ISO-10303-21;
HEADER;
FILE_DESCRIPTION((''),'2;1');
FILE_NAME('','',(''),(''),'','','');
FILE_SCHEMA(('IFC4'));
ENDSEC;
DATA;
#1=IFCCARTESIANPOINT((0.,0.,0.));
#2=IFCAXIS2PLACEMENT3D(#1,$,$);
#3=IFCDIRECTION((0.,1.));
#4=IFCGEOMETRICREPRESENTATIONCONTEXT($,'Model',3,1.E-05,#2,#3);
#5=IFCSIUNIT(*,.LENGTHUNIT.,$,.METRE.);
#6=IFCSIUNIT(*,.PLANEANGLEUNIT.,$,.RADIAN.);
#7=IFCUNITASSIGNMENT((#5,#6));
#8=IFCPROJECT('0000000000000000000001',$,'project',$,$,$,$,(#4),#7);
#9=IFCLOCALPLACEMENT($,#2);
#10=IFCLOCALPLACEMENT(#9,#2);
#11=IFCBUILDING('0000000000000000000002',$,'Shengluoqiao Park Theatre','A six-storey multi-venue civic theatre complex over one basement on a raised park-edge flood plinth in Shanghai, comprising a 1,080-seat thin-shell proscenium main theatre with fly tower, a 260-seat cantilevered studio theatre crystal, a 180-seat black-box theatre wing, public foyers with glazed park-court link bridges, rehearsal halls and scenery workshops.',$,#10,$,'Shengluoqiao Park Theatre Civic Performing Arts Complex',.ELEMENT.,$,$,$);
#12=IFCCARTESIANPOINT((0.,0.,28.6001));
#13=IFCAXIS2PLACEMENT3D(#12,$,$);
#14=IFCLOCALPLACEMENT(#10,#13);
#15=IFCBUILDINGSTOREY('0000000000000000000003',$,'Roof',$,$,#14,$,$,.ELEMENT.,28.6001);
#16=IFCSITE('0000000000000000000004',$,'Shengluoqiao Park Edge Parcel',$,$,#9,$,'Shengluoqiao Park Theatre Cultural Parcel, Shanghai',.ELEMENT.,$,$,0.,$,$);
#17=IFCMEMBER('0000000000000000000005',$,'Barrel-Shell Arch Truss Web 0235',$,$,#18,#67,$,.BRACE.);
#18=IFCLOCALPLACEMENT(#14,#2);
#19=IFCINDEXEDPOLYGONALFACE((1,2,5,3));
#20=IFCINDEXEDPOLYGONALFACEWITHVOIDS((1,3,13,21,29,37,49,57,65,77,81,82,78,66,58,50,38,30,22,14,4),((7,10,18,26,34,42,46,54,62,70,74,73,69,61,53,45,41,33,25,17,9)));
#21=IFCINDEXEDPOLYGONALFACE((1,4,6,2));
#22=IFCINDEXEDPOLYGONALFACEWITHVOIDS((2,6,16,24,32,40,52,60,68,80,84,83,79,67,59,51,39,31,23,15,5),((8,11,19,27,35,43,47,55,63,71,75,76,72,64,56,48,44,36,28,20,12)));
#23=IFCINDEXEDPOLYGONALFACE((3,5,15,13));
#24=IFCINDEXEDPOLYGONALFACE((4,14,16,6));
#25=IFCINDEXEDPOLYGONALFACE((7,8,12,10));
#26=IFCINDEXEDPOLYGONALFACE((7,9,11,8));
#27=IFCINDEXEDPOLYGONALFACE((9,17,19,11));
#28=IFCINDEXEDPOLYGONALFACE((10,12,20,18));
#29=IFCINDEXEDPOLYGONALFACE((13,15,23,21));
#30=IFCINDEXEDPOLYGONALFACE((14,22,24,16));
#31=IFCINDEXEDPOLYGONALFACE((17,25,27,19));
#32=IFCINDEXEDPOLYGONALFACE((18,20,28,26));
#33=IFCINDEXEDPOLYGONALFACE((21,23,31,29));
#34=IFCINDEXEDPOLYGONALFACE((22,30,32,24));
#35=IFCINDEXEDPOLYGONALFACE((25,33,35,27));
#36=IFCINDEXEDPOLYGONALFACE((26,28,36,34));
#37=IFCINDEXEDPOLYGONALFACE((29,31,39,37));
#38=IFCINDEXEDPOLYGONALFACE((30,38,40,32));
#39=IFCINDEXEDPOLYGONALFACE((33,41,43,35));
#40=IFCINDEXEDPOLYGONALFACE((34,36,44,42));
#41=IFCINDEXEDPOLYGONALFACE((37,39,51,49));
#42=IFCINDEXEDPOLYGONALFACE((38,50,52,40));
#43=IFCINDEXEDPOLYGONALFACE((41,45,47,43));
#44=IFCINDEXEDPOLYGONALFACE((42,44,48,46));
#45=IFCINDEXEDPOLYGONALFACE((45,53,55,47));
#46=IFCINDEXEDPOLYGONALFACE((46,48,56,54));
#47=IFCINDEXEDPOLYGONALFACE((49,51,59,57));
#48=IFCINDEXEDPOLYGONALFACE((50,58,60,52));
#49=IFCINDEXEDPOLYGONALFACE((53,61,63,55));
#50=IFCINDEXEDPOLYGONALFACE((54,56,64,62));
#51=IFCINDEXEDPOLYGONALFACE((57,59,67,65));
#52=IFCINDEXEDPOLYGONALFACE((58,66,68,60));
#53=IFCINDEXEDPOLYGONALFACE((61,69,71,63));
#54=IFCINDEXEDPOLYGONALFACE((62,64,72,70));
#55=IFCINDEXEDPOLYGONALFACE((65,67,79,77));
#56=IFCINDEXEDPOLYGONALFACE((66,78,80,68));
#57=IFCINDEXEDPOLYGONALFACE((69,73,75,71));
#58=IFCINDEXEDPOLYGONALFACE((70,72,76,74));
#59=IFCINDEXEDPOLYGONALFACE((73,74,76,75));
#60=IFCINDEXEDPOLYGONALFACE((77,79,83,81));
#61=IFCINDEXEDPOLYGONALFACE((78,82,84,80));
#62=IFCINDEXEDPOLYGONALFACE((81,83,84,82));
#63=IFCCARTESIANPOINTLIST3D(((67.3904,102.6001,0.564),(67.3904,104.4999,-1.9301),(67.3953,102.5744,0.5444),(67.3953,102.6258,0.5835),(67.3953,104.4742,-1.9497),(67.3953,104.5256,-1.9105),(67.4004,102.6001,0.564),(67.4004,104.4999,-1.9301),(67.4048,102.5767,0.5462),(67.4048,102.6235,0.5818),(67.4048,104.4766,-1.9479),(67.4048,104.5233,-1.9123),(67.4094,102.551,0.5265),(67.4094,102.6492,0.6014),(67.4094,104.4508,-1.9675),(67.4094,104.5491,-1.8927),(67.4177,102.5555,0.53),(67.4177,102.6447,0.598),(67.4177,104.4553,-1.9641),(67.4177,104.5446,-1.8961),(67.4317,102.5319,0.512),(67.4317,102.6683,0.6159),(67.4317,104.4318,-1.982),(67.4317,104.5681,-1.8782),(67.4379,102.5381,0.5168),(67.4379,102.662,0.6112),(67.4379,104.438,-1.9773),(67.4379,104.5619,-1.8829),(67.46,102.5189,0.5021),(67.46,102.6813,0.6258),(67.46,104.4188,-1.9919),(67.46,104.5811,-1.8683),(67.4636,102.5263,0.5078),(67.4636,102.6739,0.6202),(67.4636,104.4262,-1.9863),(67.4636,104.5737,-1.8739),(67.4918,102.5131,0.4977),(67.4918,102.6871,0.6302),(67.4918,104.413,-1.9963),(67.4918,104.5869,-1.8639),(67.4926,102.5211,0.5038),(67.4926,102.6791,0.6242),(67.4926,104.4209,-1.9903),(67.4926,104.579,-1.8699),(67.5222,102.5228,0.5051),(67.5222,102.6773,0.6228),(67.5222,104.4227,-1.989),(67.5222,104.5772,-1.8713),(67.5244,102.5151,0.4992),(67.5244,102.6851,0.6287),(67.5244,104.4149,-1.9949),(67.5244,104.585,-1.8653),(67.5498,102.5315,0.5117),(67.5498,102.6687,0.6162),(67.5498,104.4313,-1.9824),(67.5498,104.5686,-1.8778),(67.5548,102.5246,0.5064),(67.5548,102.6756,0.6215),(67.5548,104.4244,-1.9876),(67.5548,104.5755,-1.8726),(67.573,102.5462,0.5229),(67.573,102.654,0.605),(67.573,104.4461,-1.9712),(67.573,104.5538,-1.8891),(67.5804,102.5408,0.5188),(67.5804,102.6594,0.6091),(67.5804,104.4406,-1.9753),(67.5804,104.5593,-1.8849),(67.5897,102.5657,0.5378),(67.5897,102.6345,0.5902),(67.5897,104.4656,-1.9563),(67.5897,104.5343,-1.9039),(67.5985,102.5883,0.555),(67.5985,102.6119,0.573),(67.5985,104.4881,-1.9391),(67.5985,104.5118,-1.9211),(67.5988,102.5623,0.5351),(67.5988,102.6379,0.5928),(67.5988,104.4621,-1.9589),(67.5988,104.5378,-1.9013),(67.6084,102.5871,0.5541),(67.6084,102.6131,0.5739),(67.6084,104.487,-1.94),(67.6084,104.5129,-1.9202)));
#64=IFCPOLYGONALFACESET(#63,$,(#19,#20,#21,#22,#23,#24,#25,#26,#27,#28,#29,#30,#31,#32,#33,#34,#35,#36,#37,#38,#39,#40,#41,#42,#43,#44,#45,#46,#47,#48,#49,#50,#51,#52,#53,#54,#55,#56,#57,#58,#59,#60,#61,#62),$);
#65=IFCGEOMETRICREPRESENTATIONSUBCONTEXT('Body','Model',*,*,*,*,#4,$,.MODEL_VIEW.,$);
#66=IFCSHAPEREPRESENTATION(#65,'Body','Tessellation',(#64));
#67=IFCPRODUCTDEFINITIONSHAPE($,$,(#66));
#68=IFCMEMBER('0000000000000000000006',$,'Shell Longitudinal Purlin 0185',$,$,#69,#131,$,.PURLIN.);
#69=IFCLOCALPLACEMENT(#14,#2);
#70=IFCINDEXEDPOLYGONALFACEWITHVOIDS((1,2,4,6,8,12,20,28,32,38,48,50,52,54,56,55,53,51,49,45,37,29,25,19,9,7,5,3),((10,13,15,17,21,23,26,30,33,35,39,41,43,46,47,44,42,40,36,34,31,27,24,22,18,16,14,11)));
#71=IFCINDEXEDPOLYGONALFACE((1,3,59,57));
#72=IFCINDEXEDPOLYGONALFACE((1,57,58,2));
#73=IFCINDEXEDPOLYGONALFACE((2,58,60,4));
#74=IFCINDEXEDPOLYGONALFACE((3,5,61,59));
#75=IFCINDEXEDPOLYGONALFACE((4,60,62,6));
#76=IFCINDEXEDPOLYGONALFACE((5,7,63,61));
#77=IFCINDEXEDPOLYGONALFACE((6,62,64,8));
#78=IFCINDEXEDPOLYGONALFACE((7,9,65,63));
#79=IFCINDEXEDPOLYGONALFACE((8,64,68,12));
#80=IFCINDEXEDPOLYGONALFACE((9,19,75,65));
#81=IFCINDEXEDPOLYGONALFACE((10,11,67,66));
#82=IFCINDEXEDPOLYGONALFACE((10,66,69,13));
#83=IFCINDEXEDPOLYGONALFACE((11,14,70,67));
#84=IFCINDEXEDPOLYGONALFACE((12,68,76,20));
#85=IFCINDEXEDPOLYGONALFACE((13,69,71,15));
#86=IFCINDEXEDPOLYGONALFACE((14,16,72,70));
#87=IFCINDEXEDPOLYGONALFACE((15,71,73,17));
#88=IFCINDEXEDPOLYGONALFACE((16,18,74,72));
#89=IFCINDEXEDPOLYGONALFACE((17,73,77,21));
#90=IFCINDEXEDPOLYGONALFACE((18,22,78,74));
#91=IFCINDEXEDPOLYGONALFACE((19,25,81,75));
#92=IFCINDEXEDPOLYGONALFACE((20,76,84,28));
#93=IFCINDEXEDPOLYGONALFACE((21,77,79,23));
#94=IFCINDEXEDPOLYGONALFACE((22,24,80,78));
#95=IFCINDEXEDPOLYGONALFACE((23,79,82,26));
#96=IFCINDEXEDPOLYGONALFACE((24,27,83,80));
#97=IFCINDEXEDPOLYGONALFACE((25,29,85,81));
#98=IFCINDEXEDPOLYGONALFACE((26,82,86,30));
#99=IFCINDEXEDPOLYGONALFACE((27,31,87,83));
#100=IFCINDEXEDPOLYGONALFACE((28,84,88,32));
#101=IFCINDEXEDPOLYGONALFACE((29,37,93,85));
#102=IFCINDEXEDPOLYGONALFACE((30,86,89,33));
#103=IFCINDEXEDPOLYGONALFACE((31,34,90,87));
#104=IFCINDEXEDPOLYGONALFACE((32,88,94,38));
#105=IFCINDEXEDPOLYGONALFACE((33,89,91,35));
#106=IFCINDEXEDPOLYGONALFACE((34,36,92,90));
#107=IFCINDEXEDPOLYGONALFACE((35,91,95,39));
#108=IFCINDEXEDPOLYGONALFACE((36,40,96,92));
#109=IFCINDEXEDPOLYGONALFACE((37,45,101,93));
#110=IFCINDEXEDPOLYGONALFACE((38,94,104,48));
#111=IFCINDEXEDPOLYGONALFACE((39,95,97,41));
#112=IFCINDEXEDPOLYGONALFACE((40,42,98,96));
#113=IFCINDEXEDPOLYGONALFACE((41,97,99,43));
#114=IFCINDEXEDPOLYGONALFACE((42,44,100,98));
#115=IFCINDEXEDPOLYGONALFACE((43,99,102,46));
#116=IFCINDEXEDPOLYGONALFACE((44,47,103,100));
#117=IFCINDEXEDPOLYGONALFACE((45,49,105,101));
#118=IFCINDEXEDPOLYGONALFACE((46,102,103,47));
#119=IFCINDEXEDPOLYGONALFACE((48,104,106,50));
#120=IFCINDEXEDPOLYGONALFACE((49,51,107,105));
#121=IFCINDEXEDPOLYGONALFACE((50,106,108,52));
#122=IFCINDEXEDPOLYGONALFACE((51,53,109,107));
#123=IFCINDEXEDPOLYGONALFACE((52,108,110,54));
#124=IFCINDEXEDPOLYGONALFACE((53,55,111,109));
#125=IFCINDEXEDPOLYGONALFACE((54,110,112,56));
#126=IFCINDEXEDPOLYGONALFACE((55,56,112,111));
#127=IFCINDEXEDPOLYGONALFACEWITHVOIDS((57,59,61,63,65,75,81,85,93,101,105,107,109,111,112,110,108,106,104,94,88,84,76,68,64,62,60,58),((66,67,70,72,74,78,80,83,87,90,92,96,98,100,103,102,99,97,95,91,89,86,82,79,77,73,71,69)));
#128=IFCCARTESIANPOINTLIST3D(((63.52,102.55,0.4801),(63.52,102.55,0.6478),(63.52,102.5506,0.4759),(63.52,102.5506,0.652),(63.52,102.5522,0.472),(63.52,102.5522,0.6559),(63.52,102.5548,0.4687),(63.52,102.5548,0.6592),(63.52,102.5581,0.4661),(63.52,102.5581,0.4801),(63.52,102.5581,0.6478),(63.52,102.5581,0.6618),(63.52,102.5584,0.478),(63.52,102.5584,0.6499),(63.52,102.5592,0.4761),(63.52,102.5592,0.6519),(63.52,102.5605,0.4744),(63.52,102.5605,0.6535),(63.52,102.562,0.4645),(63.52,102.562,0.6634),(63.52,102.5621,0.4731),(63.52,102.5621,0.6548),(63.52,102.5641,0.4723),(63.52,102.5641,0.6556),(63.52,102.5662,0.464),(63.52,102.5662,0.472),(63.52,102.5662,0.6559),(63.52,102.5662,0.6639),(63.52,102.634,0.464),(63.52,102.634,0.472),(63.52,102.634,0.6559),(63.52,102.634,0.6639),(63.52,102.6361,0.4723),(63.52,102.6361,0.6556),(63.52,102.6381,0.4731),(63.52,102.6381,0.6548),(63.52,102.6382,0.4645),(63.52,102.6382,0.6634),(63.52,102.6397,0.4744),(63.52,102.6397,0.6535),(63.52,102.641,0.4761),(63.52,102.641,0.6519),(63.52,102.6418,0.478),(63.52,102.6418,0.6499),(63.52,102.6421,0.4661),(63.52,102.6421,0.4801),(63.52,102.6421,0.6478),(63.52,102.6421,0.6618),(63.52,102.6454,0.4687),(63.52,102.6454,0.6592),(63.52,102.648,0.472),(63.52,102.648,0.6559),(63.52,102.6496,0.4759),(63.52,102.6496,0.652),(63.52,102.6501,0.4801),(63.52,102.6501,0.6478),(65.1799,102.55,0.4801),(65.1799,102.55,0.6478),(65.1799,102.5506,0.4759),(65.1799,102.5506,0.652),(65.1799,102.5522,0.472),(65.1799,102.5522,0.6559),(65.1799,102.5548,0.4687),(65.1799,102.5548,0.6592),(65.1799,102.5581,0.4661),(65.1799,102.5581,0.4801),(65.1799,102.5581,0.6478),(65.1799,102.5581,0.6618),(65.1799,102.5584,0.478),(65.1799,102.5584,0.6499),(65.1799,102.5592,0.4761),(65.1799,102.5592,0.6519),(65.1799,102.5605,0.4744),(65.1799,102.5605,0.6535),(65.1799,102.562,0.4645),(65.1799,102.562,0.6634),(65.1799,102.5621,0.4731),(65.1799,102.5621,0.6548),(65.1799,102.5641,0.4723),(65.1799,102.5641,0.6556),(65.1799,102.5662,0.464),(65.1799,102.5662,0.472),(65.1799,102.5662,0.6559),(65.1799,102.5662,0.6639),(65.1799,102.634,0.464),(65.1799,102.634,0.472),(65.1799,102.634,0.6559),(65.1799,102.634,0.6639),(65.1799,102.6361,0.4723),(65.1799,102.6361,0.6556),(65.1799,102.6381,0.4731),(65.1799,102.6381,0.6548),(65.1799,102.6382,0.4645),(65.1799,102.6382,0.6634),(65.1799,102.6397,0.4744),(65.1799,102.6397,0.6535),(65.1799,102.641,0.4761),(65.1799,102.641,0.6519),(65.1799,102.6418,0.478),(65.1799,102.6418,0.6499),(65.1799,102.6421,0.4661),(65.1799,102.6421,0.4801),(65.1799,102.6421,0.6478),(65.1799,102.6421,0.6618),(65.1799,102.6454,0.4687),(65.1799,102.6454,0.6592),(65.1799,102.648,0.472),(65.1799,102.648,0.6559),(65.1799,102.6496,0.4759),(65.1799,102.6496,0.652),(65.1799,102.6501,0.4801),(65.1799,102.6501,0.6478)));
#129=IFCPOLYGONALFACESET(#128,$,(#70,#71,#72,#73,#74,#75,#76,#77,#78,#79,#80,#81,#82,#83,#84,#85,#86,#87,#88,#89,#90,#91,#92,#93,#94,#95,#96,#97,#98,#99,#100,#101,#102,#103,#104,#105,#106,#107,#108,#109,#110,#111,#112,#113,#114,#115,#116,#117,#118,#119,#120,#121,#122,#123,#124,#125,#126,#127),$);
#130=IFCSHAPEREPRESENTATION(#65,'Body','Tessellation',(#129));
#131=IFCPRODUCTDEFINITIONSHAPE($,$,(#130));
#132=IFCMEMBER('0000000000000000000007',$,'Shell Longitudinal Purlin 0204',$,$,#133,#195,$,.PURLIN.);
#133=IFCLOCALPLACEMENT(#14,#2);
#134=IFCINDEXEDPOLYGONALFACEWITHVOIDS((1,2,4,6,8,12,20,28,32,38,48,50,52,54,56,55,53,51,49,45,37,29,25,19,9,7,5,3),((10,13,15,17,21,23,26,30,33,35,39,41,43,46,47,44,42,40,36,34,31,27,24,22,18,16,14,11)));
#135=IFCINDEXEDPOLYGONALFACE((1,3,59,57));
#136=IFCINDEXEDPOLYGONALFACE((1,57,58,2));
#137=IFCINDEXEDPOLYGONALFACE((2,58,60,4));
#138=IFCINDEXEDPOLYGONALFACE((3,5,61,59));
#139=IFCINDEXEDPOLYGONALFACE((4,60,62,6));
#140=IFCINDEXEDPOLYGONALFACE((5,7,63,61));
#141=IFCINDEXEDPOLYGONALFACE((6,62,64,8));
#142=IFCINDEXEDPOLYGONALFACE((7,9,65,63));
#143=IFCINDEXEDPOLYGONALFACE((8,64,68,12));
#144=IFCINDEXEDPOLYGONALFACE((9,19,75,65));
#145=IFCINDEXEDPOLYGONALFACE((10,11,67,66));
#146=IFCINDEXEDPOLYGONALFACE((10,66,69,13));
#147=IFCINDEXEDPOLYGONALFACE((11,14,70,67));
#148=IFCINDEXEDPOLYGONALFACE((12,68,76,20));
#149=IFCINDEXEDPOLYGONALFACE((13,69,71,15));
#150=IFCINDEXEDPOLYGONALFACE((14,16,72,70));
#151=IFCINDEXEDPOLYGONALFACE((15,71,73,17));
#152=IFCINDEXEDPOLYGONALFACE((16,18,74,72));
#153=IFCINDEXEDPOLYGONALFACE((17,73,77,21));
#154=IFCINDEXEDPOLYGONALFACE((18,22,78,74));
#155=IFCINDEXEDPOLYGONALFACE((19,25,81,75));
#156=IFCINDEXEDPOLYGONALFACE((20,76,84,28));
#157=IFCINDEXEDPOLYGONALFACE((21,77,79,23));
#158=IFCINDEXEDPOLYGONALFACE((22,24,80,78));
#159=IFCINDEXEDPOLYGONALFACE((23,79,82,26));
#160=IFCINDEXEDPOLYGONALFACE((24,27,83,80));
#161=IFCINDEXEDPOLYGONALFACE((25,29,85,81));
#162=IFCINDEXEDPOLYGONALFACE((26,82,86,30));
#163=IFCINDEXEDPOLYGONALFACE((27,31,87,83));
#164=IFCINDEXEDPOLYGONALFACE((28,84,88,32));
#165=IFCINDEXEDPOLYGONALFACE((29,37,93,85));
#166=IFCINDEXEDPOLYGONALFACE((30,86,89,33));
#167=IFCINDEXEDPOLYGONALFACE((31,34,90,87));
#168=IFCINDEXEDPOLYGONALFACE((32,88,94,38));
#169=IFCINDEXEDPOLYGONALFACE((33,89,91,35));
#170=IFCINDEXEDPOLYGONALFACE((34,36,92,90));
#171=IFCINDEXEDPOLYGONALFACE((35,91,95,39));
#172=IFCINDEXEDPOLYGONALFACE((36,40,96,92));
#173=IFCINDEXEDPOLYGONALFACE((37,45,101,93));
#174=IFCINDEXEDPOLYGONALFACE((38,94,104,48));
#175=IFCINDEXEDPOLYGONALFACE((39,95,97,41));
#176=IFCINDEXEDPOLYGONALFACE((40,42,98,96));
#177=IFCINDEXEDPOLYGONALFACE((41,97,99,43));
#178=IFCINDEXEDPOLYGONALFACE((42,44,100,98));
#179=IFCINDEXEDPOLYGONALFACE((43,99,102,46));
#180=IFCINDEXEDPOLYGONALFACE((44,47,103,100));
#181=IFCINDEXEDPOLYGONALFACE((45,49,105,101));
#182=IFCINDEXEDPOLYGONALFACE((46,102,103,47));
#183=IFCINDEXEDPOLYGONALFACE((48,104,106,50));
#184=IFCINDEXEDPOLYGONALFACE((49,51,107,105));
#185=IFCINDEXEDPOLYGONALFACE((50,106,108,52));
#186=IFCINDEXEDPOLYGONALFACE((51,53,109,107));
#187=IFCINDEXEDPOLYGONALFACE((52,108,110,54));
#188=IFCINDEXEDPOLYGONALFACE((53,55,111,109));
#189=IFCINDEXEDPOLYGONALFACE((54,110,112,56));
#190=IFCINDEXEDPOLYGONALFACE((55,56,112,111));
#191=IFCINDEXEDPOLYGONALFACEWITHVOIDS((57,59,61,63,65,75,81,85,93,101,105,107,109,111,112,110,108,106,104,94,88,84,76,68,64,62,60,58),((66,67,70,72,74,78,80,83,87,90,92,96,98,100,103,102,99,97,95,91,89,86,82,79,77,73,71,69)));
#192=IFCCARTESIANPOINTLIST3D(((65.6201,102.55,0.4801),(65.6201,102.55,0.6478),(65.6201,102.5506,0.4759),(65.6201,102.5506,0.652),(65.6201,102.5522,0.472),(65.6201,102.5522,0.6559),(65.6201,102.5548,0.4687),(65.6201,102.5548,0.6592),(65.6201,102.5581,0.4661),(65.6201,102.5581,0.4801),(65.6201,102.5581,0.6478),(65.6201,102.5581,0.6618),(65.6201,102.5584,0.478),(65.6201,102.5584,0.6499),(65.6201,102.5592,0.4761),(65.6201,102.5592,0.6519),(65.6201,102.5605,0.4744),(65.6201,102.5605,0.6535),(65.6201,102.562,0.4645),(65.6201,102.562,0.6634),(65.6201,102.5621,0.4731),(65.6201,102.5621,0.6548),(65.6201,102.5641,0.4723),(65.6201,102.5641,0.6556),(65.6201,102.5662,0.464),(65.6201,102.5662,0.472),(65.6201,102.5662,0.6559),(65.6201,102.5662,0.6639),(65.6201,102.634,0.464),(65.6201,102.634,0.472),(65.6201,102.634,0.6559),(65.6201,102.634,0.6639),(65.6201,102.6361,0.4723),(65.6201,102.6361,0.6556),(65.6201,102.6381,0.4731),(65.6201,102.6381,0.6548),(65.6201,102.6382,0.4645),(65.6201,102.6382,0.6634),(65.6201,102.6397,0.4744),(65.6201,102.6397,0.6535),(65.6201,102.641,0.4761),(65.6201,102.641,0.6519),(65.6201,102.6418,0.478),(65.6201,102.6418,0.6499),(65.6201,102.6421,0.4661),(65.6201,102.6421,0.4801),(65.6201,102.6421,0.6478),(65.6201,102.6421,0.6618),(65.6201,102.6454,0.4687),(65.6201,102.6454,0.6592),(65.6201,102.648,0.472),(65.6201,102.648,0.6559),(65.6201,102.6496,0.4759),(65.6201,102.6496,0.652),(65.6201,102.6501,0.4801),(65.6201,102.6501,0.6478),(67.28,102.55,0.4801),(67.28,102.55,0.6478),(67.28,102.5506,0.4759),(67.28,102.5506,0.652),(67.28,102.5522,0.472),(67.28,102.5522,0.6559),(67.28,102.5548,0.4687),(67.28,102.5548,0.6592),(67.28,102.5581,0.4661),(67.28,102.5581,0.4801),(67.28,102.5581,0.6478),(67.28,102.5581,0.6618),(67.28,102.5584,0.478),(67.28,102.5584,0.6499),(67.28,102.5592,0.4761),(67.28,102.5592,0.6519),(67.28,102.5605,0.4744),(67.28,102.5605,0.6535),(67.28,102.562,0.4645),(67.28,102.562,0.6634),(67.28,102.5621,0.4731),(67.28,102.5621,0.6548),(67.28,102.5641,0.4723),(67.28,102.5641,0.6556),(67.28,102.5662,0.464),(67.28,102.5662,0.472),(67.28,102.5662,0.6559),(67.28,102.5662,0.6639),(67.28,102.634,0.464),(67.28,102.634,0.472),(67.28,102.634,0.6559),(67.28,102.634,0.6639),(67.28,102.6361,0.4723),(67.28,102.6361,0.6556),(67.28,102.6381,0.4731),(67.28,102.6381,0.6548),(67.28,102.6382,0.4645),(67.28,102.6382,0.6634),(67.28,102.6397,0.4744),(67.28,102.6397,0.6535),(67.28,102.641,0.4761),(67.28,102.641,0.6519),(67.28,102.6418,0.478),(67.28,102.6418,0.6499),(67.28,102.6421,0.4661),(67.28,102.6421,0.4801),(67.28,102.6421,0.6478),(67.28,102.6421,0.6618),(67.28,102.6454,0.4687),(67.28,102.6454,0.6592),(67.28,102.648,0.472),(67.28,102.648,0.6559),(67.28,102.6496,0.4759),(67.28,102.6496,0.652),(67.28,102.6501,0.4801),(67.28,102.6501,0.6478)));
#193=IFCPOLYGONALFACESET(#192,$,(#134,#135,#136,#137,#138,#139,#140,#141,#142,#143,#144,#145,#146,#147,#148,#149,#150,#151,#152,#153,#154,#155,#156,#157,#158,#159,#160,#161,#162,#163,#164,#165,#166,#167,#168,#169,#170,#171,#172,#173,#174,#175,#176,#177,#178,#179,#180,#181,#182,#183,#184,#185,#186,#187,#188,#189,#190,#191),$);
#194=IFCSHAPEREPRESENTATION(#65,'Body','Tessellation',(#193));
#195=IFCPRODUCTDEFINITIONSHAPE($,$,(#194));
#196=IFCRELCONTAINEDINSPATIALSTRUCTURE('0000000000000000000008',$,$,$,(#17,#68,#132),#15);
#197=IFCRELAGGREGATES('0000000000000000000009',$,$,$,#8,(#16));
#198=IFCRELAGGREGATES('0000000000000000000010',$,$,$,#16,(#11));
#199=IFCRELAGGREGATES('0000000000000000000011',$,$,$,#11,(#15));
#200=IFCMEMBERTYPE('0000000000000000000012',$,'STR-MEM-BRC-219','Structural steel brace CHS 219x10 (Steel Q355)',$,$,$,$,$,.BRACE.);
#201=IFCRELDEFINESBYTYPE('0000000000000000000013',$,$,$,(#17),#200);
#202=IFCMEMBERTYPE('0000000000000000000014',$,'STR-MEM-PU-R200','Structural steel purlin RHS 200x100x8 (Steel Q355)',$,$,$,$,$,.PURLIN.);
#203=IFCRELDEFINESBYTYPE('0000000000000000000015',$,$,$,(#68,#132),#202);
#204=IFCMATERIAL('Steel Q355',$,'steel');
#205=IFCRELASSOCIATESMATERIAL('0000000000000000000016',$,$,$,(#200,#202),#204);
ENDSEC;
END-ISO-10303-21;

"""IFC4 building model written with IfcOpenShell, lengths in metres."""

from ifc_helpers import new_model, si_unit, direction, frame, origin, origin_2d, place, context, subcontext, project, spatial, hollow_rectangle, hollow_circle, extrude, material, material_profile, profile_set, type_object, element, save


model = new_model("IFC4")

# Units and contexts
model_context = context("Model", 3, precision=1e-05, world=origin(), true_north=direction((0.0, 1.0)))
body_context = subcontext(model_context, "Body", "Model", "MODEL_VIEW")
ifc_project = project(units=[si_unit("LENGTHUNIT", "METRE"), si_unit("PLANEANGLEUNIT", "RADIAN")], contexts=[model_context])

# Site, building, storey
site_placement = place(None, origin())
site = spatial("IfcSite", under=ifc_project, at=site_placement, Name="Shengluoqiao Park Edge Parcel", LongName="Shengluoqiao Park Theatre Cultural Parcel, Shanghai", CompositionType="ELEMENT", RefElevation=0.0)
building_placement = place(site_placement, origin())
building = spatial("IfcBuilding", under=site, at=building_placement, Name="Shengluoqiao Park Theatre", Description="A six-storey multi-venue civic theatre complex over one basement on a raised park-edge flood plinth in Shanghai, comprising a 1,080-seat thin-shell proscenium main theatre with fly tower, a 260-seat cantilevered studio theatre crystal, a 180-seat black-box theatre wing, public foyers with glazed park-court link bridges, rehearsal halls and scenery workshops.", LongName="Shengluoqiao Park Theatre Civic Performing Arts Complex", CompositionType="ELEMENT")
storey_placement = place(building_placement, frame((0.0, 0.0, 28.6001)))
storey = spatial("IfcBuildingStorey", under=building, at=storey_placement, Name="Roof", CompositionType="ELEMENT", Elevation=28.6001)

# Shared definitions
ifc_material_1 = material(Name="Steel Q355", Category="steel")

# Members
ifc_material_profile_1 = material_profile(ifc_material_1, hollow_circle(Radius=0.1096, WallThickness=0.01, at=origin_2d()), Name="CHS 219x10")
ifc_profile_set_1 = profile_set([ifc_material_profile_1], Name="Steel Q355")
member_type_1 = type_object("IfcMemberType", Name="STR-MEM-BRC-219", Description="Structural steel brace CHS 219x10 (Steel Q355)", PredefinedType="BRACE", material=ifc_profile_set_1)
member_1_placement = place(storey_placement, frame((67.5, 102.6001, 0.564), z_axis=(0.0, 0.605963, -0.795492), x_axis=(-1.0, 0.0, 0.0)))
element("IfcMember", 1, at=member_1_placement, inside=storey, type_object=member_type_1, Name="Barrel-Shell Arch Truss Web 0235", PredefinedType="BRACE", context=body_context, shape_type="SweptSolid", body=[
    extrude(hollow_circle(Radius=0.1096, WallThickness=0.01, at=origin_2d()), origin(), (0.0, 0.0, 1.0), 3.1353),
])
ifc_material_profile_2 = material_profile(ifc_material_1, hollow_rectangle(XDim=0.1001, YDim=0.2, WallThickness=0.0081, InnerFilletRadius=0.0081, OuterFilletRadius=0.0161, at=origin_2d()), Name="RHS 200x100x8")
ifc_profile_set_2 = profile_set([ifc_material_profile_2], Name="Steel Q355")
member_type_2 = type_object("IfcMemberType", Name="STR-MEM-PU-R200", Description="Structural steel purlin RHS 200x100x8 (Steel Q355)", PredefinedType="PURLIN", material=ifc_profile_set_2)
for number, where, z_axis, x_axis, name in (
    (2, (63.52, 102.6001, 0.564), (1.0, 0.0, 0.0), (0.0, 1.0, 0.0), "Shell Longitudinal Purlin 0185"),
    (3, (65.6201, 102.6001, 0.564), (1.0, 0.0, 0.0), (0.0, 1.0, 0.0), "Shell Longitudinal Purlin 0204"),
):
    element("IfcMember", number, at=place(storey_placement, frame(where, z_axis=z_axis, x_axis=x_axis)), inside=storey, type_object=member_type_2, Name=name, PredefinedType="PURLIN", context=body_context, shape_type="SweptSolid", body=[
        extrude(hollow_rectangle(XDim=0.1001, YDim=0.2, WallThickness=0.0081, InnerFilletRadius=0.0081, OuterFilletRadius=0.0161, at=origin_2d()), origin(), (0.0, 0.0, 1.0), 1.6599),
    ])

save(model, "model.ifc")
